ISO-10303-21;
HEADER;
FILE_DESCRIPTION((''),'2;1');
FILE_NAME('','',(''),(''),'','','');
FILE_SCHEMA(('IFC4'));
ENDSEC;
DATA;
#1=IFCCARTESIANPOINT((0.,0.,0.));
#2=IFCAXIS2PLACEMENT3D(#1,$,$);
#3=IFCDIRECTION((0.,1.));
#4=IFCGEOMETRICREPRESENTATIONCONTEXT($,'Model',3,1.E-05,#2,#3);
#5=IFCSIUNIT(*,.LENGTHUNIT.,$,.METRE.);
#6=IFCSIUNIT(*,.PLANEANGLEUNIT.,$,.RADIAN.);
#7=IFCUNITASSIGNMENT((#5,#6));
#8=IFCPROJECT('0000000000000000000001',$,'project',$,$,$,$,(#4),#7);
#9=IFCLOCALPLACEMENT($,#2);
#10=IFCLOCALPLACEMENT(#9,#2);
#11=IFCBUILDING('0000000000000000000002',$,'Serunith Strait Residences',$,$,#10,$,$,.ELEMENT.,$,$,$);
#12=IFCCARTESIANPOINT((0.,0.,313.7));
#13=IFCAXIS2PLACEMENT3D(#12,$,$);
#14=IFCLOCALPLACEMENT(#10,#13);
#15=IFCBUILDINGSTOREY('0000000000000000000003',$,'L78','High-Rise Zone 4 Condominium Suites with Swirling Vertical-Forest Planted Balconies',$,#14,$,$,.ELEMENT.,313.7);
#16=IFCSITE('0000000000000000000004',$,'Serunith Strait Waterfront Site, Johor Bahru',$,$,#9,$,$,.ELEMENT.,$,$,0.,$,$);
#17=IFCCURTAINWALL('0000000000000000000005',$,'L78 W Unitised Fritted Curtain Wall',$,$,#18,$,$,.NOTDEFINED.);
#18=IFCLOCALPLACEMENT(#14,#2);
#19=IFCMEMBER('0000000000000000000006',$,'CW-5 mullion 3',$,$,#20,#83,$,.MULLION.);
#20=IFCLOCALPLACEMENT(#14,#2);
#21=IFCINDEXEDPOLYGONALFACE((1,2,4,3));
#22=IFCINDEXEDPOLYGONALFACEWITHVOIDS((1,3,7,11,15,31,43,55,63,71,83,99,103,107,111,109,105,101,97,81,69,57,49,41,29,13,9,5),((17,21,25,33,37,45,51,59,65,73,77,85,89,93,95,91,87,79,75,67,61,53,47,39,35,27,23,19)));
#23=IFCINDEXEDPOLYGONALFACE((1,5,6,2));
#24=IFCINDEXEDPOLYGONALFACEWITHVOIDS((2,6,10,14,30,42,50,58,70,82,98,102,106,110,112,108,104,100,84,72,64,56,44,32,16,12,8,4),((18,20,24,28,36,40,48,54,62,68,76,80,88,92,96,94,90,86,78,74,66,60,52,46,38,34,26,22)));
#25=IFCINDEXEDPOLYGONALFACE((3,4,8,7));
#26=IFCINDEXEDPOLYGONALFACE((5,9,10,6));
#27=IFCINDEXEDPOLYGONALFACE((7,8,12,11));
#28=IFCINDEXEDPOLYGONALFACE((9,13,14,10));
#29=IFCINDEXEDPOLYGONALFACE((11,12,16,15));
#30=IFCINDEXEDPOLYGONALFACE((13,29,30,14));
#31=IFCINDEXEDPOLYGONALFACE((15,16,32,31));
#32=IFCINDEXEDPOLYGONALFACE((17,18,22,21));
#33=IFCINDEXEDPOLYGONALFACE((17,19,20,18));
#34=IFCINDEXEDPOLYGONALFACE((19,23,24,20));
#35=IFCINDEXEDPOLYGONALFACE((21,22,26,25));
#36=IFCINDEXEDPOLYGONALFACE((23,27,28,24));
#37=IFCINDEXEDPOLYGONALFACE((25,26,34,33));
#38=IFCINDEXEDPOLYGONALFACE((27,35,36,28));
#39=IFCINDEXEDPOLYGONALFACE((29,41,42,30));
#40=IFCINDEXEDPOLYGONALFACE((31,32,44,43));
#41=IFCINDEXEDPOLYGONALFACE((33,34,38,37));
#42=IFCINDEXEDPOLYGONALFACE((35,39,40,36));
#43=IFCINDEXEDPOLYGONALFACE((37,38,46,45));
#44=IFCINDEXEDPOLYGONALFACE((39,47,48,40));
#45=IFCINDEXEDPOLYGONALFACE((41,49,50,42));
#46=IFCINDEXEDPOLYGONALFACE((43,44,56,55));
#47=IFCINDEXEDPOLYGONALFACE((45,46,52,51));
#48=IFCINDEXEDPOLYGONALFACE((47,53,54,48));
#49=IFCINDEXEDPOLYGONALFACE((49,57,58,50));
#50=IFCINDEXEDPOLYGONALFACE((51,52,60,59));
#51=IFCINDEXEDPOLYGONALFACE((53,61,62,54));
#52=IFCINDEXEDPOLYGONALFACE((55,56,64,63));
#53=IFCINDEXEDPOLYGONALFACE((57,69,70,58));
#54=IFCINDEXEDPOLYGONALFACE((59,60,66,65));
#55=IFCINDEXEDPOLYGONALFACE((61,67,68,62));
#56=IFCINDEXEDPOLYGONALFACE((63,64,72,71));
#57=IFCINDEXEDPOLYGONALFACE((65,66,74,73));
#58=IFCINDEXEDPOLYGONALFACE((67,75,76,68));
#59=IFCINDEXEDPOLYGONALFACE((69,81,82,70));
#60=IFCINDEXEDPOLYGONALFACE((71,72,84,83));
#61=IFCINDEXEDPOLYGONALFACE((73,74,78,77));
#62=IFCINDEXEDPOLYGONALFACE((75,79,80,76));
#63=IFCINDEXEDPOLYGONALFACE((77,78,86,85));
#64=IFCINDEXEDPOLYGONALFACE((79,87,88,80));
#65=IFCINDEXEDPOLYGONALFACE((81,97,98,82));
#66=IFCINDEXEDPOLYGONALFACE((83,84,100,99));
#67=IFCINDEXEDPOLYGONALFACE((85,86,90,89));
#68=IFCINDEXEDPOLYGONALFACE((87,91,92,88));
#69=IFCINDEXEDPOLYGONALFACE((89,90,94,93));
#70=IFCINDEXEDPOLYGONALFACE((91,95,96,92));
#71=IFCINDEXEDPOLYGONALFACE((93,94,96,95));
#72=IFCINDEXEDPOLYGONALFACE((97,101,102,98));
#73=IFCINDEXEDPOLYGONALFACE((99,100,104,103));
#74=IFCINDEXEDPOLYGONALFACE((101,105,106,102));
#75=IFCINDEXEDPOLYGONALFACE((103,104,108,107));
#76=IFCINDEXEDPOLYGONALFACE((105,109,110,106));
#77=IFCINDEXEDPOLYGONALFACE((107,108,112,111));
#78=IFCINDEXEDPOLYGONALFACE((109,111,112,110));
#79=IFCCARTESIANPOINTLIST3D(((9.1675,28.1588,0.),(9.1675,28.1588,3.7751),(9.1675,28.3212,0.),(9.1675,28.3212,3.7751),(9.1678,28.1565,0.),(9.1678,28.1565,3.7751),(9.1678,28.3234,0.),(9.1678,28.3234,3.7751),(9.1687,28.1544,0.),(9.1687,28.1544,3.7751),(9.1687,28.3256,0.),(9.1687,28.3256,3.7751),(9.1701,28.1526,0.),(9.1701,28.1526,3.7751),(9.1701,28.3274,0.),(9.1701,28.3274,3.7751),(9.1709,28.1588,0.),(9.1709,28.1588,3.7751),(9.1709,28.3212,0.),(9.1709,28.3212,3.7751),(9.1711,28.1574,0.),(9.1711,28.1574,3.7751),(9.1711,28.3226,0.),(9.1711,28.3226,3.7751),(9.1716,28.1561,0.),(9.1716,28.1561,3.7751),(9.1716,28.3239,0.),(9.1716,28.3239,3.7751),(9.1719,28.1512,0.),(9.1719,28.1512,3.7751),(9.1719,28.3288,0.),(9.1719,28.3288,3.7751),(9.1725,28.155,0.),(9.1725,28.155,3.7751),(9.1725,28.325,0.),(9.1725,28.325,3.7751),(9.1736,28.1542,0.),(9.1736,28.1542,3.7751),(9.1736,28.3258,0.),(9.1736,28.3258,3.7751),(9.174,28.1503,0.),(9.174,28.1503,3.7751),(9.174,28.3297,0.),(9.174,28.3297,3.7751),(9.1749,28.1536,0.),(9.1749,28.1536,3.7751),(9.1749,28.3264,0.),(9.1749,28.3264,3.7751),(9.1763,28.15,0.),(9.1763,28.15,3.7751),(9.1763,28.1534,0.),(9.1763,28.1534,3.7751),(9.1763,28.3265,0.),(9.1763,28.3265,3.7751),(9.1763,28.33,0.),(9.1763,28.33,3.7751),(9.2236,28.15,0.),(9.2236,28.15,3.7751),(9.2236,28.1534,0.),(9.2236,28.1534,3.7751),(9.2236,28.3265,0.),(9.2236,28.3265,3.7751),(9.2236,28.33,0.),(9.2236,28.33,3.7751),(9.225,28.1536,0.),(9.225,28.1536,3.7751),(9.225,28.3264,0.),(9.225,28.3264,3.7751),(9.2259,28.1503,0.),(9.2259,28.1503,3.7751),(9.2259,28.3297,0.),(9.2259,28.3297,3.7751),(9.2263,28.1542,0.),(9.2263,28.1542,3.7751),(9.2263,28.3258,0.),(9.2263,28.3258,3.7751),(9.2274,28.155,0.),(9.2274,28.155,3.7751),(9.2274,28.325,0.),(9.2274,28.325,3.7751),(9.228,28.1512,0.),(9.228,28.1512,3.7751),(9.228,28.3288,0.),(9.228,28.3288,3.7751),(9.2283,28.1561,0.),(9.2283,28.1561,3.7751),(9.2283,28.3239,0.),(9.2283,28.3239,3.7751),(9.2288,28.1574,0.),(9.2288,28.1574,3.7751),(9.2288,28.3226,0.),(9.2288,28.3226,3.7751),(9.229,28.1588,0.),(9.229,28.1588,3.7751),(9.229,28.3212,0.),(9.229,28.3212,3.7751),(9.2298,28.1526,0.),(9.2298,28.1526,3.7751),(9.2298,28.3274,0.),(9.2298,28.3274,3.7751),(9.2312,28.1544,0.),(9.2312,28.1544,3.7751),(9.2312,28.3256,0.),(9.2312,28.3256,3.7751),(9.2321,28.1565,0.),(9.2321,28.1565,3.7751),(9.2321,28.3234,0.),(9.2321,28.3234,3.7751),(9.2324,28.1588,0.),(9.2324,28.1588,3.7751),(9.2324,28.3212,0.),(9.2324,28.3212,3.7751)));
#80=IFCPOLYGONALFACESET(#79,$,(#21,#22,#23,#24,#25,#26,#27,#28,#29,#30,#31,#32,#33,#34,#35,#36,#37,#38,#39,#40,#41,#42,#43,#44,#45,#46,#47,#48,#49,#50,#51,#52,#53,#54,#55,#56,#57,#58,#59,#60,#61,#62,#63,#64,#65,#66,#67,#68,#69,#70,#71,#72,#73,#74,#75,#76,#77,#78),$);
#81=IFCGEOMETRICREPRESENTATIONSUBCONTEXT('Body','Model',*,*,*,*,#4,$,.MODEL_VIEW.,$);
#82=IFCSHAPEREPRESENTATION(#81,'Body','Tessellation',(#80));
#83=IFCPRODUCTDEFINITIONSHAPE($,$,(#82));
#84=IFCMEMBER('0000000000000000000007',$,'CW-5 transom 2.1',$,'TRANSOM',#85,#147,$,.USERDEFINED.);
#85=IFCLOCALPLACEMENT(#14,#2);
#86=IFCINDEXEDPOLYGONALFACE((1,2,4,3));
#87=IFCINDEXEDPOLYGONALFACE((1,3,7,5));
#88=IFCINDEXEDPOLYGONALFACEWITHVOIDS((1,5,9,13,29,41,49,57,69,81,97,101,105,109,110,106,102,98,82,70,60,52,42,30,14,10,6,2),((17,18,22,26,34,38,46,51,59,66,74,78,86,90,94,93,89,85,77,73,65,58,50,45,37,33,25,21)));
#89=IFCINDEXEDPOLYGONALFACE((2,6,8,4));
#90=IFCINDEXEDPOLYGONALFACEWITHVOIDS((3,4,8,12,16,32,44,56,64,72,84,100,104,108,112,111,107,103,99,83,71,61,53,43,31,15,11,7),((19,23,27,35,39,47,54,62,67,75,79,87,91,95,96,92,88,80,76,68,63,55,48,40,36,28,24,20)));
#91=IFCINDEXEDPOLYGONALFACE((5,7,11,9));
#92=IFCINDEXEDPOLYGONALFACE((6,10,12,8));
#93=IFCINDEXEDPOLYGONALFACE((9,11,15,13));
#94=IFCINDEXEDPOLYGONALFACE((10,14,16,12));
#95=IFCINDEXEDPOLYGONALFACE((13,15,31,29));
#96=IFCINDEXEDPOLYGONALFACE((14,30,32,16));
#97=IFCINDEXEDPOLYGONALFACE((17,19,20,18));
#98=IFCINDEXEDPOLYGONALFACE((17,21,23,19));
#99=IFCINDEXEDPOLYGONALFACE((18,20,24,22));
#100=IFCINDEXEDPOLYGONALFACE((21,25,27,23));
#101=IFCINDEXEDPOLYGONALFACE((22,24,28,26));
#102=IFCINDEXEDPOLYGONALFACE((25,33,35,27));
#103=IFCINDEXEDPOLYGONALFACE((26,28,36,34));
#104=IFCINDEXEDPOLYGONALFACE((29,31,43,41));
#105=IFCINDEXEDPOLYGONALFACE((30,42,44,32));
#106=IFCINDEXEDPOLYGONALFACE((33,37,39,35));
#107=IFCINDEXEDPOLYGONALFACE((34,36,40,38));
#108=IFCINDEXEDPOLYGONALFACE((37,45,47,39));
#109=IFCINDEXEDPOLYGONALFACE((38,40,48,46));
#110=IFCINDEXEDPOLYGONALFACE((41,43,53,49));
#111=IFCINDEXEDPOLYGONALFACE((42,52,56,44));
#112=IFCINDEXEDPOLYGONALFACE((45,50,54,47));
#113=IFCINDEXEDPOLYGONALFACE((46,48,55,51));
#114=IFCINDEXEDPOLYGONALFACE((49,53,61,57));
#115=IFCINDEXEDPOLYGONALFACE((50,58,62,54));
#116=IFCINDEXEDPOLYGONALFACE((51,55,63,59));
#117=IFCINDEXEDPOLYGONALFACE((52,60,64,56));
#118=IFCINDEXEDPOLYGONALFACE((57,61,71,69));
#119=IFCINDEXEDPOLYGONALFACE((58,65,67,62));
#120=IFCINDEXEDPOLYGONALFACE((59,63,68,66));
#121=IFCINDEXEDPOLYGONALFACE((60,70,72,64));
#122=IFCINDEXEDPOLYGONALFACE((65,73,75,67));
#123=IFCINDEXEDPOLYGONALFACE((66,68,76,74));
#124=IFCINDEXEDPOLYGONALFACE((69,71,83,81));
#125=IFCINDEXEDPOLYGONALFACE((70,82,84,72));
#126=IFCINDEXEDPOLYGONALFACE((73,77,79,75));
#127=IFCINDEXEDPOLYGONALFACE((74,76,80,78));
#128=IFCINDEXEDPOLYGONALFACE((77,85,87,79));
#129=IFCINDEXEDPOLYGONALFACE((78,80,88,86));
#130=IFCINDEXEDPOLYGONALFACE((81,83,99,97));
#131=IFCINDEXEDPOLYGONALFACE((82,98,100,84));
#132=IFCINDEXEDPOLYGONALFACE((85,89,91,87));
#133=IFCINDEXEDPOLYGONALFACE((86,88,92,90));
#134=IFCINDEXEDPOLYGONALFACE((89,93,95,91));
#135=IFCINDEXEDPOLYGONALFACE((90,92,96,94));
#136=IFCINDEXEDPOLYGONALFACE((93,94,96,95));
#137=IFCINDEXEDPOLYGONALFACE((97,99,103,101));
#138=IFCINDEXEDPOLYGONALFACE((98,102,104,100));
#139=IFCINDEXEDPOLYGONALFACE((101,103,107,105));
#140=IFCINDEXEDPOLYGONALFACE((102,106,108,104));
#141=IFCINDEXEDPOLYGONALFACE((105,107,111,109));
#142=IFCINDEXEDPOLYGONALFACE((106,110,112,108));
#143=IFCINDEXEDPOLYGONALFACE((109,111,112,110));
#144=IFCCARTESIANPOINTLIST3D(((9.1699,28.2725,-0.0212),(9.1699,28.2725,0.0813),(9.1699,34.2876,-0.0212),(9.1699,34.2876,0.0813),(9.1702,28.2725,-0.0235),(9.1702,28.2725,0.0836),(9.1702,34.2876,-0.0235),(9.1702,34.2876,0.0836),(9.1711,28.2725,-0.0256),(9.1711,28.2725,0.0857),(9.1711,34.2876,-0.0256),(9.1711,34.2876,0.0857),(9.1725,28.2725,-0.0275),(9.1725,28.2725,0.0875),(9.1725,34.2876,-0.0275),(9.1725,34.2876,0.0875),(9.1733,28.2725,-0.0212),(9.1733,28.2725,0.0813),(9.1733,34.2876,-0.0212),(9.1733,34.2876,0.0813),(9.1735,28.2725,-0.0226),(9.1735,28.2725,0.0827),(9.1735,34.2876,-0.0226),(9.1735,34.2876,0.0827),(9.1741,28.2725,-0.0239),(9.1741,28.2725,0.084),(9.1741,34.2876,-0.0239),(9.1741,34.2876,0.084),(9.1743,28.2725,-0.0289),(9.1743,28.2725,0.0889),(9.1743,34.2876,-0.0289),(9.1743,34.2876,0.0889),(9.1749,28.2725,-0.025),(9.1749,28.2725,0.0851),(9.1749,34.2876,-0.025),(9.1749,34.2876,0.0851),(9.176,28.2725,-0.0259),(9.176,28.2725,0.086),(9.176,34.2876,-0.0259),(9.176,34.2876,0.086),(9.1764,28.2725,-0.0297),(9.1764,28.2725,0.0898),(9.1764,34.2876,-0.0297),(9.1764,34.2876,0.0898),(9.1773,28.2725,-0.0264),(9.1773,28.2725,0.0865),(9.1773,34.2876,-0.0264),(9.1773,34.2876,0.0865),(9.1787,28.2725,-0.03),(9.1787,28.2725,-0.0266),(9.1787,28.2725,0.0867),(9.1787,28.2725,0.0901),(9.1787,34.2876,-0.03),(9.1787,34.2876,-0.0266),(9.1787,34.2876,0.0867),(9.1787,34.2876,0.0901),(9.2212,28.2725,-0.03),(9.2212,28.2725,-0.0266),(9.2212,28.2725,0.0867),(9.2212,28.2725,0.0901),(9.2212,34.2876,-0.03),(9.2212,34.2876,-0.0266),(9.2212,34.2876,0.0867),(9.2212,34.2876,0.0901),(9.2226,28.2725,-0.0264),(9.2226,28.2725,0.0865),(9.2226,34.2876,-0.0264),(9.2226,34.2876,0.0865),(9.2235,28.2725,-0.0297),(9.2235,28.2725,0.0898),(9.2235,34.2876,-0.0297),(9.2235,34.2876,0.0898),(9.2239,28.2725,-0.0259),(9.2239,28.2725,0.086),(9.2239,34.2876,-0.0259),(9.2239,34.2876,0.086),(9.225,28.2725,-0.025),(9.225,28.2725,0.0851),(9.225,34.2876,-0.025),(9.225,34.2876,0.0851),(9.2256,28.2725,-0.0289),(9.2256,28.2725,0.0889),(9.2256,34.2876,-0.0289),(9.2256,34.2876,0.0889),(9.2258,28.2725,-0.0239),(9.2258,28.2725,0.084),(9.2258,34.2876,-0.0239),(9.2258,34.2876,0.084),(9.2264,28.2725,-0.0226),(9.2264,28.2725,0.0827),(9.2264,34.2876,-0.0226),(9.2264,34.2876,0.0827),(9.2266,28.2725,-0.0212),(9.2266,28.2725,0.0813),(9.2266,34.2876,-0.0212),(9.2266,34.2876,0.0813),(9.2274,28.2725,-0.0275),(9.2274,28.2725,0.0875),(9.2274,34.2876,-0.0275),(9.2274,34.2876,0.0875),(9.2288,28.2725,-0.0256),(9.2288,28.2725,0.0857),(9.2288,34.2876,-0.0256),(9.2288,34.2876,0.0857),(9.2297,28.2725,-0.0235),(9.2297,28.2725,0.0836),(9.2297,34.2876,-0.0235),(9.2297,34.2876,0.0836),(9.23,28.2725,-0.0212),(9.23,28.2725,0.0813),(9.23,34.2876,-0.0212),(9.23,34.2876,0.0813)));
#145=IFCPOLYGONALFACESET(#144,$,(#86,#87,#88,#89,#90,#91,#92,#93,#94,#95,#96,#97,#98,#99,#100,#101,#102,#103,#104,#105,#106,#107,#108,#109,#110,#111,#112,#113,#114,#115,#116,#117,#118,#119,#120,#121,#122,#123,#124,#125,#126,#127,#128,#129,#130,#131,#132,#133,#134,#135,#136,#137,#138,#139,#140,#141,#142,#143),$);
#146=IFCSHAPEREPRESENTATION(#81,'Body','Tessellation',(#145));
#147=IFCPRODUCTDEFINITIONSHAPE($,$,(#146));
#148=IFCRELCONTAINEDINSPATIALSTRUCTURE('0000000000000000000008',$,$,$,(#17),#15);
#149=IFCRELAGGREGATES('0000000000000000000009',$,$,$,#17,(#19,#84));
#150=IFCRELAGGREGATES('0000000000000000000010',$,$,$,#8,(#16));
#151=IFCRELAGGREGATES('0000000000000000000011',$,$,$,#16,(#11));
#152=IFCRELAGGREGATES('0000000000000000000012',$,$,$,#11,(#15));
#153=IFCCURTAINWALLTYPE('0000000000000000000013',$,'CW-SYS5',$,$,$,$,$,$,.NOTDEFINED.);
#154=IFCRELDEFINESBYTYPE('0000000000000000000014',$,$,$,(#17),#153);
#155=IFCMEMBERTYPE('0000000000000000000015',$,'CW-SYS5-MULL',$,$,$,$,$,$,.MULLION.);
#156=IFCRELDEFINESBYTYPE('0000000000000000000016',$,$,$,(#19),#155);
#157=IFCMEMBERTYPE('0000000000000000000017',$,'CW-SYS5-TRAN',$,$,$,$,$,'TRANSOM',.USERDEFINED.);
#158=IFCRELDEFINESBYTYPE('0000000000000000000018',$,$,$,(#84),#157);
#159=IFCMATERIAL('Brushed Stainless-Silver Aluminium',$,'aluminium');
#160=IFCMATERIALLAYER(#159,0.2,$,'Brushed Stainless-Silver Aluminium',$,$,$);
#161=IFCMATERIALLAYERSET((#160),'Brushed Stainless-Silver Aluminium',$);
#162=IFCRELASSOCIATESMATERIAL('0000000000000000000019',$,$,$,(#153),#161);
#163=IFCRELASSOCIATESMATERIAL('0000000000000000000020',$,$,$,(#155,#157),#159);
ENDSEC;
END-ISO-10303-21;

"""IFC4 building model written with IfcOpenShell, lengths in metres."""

from ifc_helpers import new_model, si_unit, direction, frame, origin, origin_2d, place, context, subcontext, project, spatial, hollow_rectangle, extrude, source, transform, mapped, material, layer, layer_set, material_profile, profile_set, type_object, element, aggregate, save


model = new_model("IFC4")

# Units and contexts
model_context = context("Model", 3, precision=1e-05, world=origin(), true_north=direction((0.0, 1.0)))
body_context = subcontext(model_context, "Body", "Model", "MODEL_VIEW")
ifc_project = project(units=[si_unit("LENGTHUNIT", "METRE"), si_unit("PLANEANGLEUNIT", "RADIAN")], contexts=[model_context])

# Site, building, storey
site_placement = place(None, origin())
site = spatial("IfcSite", under=ifc_project, at=site_placement, Name="Serunith Strait Waterfront Site, Johor Bahru", CompositionType="ELEMENT", RefElevation=0.0)
building_placement = place(site_placement, origin())
building = spatial("IfcBuilding", under=site, at=building_placement, Name="Serunith Strait Residences", CompositionType="ELEMENT")
storey_placement = place(building_placement, frame((0.0, 0.0, 313.7)))
storey = spatial("IfcBuildingStorey", under=building, at=storey_placement, Name="L78", Description="High-Rise Zone 4 Condominium Suites with Swirling Vertical-Forest Planted Balconies", CompositionType="ELEMENT", Elevation=313.7)

# Curtain wall, members
ifc_material_1 = material(Name="Brushed Stainless-Silver Aluminium", Category="aluminium")
ifc_layer_1 = layer(ifc_material_1, 0.2, Name="Brushed Stainless-Silver Aluminium")
ifc_layer_set_1 = layer_set([ifc_layer_1], Name="Brushed Stainless-Silver Aluminium")
curtain_wall_type = type_object("IfcCurtainWallType", Name="CW-SYS5", PredefinedType="NOTDEFINED", material=ifc_layer_set_1)
curtain_wall_placement = place(storey_placement, origin())
curtain_wall = element("IfcCurtainWall", 1, at=curtain_wall_placement, inside=storey, type_object=curtain_wall_type, Name="L78 W Unitised Fritted Curtain Wall", PredefinedType="NOTDEFINED")
ifc_material_profile_1 = material_profile(ifc_material_1, hollow_rectangle(XDim=0.0649, YDim=0.1799, WallThickness=0.0034, InnerFilletRadius=0.0054, OuterFilletRadius=0.0088, at=origin_2d()), Name="ALU 180x65x3.5")
ifc_profile_set_1 = profile_set([ifc_material_profile_1], Name="Brushed Stainless-Silver Aluminium")
member_type_1 = type_object("IfcMemberType", Name="CW-SYS5-MULL", PredefinedType="MULLION", material=ifc_profile_set_1)
shared_shape_1 = source(origin(), body_context, "Body", "SweptSolid", [
    extrude(hollow_rectangle(XDim=0.0649, YDim=0.1799, WallThickness=0.0034, InnerFilletRadius=0.0054, OuterFilletRadius=0.0088, at=origin_2d()), origin(), (0.0, 0.0, 1.0), 3.7751),
])
member_1_placement = place(storey_placement, frame((9.2, 28.24, 0.0), z_axis=(0.0, 0.0, 1.0), x_axis=(1.0, 0.0, 0.0)))
member_1 = element("IfcMember", 2, at=member_1_placement, type_object=member_type_1, Name="CW-5 mullion 3", PredefinedType="MULLION", context=body_context, shape_type="MappedRepresentation", body=[
    mapped(shared_shape_1, transform((0.0, 0.0, 0.0), scale=1.0)),
])
ifc_material_profile_2 = material_profile(ifc_material_1, hollow_rectangle(XDim=0.0601, YDim=0.1201, WallThickness=0.0034, InnerFilletRadius=0.0054, OuterFilletRadius=0.0088, at=origin_2d()), Name="ALU 120x60x3.5")
ifc_profile_set_2 = profile_set([ifc_material_profile_2], Name="Brushed Stainless-Silver Aluminium")
member_type_2 = type_object("IfcMemberType", Name="CW-SYS5-TRAN", ElementType="TRANSOM", PredefinedType="USERDEFINED", material=ifc_profile_set_2)
shared_shape_2 = source(origin(), body_context, "Body", "SweptSolid", [
    extrude(hollow_rectangle(XDim=0.0601, YDim=0.1201, WallThickness=0.0034, InnerFilletRadius=0.0054, OuterFilletRadius=0.0088, at=origin_2d()), origin(), (0.0, 0.0, 1.0), 6.0151),
])
member_2_placement = place(storey_placement, frame((9.2, 34.2876, 0.03), z_axis=(0.0, -1.0, 0.0), x_axis=(1.0, 0.0, 0.0)))
member_2 = element("IfcMember", 3, at=member_2_placement, type_object=member_type_2, Name="CW-5 transom 2.1", ObjectType="TRANSOM", PredefinedType="USERDEFINED", context=body_context, shape_type="MappedRepresentation", body=[
    mapped(shared_shape_2, transform((0.0, 0.0, 0.0), scale=1.0)),
])
aggregate(curtain_wall, [member_1, member_2])

save(model, "model.ifc")
